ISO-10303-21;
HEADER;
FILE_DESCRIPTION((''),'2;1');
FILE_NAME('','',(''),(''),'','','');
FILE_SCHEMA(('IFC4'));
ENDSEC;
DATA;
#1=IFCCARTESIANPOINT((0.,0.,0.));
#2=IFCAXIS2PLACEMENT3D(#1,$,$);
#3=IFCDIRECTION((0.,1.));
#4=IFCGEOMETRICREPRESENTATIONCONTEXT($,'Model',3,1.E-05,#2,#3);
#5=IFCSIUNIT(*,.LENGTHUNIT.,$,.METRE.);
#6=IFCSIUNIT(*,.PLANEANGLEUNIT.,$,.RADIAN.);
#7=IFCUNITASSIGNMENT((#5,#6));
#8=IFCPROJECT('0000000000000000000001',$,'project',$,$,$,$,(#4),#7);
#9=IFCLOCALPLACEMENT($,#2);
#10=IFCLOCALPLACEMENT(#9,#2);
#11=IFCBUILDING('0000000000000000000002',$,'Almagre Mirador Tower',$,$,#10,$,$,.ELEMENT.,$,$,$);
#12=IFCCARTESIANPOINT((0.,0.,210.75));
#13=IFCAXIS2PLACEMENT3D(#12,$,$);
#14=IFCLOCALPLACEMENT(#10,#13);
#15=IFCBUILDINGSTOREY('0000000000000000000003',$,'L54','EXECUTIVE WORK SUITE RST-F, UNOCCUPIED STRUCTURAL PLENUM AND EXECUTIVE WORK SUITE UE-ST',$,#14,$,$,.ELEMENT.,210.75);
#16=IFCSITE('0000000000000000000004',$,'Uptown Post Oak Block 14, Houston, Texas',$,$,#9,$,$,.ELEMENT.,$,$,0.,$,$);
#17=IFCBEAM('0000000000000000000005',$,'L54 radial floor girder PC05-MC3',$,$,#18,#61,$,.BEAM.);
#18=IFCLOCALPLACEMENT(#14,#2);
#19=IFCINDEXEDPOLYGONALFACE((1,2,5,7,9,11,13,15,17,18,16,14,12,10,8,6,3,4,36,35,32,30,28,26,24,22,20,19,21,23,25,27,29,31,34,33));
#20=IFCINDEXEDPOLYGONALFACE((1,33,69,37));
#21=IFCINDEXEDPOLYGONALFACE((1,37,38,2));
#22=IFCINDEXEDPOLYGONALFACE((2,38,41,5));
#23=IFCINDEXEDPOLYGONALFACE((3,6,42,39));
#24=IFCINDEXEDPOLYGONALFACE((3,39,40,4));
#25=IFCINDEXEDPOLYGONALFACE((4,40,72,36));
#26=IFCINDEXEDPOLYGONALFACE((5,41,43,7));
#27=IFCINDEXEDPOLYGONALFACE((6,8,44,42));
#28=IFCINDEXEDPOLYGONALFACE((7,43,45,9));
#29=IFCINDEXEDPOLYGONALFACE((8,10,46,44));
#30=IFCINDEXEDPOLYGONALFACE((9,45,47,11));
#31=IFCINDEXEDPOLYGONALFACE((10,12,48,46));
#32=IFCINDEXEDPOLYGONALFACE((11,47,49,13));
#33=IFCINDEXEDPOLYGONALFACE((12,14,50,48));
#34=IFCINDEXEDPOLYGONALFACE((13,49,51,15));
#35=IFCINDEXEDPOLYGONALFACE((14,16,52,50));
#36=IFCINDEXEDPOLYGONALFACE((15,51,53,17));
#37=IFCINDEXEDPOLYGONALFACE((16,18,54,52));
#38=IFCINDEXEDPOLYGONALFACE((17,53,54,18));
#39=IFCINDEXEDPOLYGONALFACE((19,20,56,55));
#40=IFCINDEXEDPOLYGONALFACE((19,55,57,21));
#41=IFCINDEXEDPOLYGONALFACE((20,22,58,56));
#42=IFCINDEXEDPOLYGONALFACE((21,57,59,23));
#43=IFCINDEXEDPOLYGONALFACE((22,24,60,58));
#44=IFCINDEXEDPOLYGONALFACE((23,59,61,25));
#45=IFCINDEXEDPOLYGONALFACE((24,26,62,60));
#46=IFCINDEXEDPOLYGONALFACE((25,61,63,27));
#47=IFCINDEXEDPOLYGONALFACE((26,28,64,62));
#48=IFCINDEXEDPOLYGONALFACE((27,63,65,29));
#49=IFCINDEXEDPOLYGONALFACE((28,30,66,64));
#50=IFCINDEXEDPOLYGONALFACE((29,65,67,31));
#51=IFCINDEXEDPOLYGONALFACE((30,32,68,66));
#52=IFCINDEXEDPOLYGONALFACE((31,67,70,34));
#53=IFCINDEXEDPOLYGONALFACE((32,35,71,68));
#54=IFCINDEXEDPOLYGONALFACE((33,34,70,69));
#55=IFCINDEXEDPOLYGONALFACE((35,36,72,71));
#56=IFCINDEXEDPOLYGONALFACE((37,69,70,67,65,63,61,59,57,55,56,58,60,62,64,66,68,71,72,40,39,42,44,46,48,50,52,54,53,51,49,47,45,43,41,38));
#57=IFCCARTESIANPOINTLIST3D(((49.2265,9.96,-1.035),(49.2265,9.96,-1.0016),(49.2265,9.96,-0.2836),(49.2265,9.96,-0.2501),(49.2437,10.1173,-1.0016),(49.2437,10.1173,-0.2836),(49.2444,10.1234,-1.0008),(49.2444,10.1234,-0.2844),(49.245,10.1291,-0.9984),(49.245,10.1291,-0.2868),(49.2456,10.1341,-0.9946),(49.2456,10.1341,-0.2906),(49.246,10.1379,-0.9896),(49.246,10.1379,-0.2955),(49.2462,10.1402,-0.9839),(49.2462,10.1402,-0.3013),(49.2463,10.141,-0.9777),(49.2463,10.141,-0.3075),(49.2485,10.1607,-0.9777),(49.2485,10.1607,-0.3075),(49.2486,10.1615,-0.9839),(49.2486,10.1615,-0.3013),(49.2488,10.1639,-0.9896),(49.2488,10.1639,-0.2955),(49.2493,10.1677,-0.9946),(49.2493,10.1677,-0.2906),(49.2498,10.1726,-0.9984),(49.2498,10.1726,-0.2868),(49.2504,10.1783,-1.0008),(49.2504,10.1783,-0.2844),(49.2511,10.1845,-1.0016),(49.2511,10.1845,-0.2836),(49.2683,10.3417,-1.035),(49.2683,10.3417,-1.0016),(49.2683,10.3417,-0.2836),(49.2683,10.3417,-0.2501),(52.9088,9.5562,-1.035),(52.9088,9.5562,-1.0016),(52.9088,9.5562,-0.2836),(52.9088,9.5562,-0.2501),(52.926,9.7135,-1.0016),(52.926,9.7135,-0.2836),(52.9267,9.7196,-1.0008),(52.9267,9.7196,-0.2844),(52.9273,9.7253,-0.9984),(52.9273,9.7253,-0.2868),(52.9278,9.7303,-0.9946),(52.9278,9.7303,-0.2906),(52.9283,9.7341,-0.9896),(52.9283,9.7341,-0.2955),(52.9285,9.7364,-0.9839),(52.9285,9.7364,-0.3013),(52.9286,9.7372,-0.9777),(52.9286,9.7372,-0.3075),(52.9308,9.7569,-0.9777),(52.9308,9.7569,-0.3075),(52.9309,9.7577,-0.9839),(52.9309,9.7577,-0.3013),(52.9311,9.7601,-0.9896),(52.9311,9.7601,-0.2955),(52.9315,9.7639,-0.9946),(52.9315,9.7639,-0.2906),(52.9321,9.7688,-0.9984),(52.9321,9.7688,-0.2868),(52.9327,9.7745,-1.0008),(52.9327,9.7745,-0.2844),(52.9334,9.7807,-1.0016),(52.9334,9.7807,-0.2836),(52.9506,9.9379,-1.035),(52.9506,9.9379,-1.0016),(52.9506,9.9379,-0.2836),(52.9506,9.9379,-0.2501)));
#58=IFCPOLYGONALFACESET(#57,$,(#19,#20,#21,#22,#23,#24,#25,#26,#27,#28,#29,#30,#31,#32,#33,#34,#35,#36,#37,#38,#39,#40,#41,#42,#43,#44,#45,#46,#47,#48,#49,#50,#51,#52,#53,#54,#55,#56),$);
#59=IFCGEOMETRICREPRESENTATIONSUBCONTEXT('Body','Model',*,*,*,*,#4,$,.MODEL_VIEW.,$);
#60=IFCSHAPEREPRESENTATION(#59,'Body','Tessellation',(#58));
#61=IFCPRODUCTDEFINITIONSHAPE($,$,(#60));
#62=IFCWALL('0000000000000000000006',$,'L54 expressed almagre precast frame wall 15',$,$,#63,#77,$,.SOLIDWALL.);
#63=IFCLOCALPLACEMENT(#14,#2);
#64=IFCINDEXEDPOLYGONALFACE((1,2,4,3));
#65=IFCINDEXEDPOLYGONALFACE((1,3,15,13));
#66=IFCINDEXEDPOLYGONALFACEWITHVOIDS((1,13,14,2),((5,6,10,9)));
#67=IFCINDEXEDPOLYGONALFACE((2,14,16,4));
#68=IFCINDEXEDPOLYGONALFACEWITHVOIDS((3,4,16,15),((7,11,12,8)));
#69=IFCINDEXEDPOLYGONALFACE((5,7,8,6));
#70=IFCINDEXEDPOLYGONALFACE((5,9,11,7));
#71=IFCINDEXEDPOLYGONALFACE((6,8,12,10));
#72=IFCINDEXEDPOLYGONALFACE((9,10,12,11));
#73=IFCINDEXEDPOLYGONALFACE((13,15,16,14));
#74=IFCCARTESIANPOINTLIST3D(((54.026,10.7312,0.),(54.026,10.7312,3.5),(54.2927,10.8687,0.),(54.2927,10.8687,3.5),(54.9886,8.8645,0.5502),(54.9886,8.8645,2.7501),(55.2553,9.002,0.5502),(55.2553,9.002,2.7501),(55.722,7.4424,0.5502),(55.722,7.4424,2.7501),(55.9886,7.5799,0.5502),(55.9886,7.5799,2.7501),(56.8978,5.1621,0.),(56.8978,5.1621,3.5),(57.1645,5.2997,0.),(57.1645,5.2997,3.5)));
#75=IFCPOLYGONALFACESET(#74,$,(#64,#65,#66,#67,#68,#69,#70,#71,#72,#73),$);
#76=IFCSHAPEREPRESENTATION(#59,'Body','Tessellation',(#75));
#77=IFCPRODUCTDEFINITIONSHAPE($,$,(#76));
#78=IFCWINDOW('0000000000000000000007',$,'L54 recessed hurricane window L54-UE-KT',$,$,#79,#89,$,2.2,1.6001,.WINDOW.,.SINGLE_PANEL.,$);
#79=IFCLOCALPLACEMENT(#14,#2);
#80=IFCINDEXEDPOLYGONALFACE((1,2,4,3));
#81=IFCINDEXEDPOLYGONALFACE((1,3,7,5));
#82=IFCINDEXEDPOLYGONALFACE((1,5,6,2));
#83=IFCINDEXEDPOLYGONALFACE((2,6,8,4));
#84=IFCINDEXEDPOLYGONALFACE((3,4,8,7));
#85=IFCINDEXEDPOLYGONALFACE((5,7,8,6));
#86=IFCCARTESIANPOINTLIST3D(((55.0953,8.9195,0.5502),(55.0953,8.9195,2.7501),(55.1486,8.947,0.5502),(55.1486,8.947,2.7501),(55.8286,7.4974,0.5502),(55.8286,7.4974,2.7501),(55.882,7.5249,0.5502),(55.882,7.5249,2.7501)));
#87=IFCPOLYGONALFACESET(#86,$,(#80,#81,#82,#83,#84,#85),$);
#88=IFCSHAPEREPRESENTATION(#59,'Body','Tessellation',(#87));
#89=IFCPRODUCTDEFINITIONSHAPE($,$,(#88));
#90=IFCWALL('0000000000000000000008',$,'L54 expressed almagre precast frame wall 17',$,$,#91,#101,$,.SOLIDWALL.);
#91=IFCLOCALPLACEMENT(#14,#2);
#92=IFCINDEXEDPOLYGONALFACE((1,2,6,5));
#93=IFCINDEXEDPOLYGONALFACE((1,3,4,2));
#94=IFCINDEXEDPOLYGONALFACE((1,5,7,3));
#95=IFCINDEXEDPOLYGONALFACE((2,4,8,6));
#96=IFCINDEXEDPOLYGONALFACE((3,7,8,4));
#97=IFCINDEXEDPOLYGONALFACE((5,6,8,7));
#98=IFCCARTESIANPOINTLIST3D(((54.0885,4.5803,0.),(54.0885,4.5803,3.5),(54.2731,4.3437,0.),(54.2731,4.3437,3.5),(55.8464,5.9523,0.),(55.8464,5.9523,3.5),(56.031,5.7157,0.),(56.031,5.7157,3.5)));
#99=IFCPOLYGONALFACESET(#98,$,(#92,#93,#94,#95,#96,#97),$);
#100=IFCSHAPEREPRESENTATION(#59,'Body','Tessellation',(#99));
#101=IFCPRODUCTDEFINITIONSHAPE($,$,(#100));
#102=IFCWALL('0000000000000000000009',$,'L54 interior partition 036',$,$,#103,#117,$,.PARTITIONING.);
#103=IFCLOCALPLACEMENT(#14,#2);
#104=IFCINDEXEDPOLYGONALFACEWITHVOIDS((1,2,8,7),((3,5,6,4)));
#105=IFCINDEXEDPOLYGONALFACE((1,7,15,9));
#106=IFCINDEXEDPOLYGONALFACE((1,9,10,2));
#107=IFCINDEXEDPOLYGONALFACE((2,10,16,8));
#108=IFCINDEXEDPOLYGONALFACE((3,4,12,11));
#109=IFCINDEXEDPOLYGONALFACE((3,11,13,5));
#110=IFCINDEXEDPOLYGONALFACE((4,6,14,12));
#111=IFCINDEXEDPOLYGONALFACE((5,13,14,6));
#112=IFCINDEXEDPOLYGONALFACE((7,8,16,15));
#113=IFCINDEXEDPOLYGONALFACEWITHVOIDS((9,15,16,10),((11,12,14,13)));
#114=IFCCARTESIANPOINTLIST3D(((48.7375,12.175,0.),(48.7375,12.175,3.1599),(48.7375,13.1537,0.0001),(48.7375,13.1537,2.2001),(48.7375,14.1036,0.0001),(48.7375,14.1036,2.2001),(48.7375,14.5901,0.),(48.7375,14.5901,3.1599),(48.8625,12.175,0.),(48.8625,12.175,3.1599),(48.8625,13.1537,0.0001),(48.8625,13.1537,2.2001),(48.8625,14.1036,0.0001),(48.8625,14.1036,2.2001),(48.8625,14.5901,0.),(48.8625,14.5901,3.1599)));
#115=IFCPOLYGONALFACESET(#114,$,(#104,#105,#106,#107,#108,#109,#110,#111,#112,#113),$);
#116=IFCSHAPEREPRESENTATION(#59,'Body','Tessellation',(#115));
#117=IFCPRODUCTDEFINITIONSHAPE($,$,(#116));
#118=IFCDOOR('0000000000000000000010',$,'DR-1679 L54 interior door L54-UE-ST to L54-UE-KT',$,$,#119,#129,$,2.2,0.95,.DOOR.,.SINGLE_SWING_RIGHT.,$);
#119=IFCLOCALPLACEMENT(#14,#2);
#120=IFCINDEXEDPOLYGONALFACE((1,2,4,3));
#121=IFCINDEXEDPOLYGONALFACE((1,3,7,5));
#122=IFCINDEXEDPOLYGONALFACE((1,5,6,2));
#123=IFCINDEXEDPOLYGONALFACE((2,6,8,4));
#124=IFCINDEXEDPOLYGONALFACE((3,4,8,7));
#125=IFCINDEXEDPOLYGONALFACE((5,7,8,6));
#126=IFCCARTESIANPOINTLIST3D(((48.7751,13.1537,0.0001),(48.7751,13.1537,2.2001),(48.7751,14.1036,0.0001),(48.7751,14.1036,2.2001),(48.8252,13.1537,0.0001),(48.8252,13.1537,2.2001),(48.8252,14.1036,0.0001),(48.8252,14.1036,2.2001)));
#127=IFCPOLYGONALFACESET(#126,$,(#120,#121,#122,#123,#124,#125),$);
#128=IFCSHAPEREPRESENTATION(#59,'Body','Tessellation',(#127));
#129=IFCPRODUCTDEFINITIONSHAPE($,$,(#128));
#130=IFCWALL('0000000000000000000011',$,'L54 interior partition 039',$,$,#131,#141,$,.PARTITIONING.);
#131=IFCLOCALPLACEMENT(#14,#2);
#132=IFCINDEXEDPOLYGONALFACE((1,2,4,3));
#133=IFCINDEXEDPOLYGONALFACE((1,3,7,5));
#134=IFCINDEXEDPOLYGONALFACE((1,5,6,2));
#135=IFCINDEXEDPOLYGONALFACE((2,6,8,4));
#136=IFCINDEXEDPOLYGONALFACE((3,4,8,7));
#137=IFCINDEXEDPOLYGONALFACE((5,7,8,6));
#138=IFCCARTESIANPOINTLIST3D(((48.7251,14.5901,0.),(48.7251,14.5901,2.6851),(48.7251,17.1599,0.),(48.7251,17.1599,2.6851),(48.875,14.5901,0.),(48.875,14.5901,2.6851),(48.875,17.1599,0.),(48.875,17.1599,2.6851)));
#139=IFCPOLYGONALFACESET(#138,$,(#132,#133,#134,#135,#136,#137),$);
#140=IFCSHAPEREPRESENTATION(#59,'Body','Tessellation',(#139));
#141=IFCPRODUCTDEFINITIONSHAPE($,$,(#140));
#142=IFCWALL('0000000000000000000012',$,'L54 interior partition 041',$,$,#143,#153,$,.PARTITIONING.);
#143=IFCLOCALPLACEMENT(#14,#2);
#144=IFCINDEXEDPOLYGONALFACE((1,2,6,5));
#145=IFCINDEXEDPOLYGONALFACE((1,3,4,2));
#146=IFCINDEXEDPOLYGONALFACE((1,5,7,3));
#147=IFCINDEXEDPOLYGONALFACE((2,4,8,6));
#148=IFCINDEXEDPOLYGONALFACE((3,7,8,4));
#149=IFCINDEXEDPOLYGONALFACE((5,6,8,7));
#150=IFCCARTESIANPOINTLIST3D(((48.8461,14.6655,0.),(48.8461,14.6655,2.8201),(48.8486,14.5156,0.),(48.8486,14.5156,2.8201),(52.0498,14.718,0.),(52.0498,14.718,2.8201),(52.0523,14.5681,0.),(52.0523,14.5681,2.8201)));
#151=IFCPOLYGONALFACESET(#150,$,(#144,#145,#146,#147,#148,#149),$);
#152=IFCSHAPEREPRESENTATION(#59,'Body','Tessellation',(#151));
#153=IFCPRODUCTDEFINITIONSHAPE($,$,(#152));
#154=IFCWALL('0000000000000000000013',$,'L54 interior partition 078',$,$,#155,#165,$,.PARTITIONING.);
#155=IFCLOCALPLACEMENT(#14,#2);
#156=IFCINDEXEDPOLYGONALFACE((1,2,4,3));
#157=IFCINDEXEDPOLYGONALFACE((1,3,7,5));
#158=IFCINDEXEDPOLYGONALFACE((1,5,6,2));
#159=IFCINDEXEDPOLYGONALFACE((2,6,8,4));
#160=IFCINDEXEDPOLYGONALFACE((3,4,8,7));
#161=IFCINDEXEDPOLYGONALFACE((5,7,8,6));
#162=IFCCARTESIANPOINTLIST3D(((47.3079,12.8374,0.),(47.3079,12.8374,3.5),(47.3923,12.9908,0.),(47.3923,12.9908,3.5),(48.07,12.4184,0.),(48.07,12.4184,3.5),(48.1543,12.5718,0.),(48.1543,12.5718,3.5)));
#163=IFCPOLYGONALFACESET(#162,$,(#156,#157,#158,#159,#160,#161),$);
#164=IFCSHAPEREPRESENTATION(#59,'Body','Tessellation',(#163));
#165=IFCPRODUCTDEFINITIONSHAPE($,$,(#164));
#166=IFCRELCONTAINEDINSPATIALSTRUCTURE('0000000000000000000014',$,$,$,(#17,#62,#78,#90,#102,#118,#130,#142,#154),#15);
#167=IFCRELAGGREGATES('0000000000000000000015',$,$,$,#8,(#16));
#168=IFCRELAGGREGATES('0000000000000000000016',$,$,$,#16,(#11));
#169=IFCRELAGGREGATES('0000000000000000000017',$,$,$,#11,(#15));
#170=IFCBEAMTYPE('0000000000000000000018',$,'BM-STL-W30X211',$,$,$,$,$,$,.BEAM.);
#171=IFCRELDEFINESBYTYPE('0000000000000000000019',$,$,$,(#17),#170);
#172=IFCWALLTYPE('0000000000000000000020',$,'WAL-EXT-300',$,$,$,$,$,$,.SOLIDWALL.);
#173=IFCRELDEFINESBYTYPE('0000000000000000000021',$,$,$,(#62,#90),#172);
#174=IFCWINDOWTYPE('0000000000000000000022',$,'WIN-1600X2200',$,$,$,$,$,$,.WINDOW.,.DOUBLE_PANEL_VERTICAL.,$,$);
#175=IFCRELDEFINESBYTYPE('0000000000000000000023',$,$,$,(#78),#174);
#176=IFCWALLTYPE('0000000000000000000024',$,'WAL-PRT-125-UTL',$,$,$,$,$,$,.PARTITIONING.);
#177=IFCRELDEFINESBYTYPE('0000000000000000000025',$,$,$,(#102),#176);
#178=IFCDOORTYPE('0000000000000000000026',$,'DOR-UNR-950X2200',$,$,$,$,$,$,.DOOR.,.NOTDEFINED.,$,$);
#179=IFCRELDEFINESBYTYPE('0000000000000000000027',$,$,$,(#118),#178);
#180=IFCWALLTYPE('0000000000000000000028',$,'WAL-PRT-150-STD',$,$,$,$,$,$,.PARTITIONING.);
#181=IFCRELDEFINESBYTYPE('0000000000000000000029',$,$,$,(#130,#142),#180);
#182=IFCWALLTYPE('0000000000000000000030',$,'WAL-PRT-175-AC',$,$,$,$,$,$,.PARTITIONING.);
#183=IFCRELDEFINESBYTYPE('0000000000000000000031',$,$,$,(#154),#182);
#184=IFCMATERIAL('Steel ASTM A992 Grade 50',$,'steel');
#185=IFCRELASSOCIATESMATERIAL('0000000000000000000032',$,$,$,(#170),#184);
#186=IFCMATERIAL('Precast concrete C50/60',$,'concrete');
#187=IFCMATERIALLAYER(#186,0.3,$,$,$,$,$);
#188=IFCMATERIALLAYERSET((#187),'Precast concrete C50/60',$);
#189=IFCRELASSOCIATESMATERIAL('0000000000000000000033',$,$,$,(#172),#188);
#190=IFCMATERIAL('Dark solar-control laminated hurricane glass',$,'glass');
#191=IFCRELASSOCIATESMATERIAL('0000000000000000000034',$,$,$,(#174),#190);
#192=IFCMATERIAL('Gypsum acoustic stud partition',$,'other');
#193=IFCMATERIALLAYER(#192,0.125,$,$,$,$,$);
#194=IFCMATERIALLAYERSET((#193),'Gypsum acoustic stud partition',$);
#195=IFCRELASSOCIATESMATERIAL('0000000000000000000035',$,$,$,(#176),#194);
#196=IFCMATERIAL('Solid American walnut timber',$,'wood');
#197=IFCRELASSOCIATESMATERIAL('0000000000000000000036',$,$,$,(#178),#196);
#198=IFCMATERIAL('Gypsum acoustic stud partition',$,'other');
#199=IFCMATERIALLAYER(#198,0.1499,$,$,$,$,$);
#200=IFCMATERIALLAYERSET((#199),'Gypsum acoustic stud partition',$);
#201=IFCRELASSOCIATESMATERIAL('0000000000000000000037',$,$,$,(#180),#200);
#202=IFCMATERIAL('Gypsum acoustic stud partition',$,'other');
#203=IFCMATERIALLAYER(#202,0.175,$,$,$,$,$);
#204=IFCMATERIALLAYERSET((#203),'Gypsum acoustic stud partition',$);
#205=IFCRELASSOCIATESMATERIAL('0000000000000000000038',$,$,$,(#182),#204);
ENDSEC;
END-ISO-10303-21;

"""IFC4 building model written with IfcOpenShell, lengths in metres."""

from ifc_helpers import new_model, si_unit, direction, frame, frame_2d, origin, origin_2d, place, context, subcontext, project, spatial, rectangle, i_section, extrude, material, layer, layer_set, material_profile, profile_set, type_object, element, fill, save


model = new_model("IFC4")

# Units and contexts
model_context = context("Model", 3, precision=1e-05, world=origin(), true_north=direction((0.0, 1.0)))
body_context = subcontext(model_context, "Body", "Model", "MODEL_VIEW")
ifc_project = project(units=[si_unit("LENGTHUNIT", "METRE"), si_unit("PLANEANGLEUNIT", "RADIAN")], contexts=[model_context])

# Site, building, storey
site_placement = place(None, origin())
site = spatial("IfcSite", under=ifc_project, at=site_placement, Name="Uptown Post Oak Block 14, Houston, Texas", CompositionType="ELEMENT", RefElevation=0.0)
building_placement = place(site_placement, origin())
building = spatial("IfcBuilding", under=site, at=building_placement, Name="Almagre Mirador Tower", CompositionType="ELEMENT")
storey_placement = place(building_placement, frame((0.0, 0.0, 210.75)))
storey = spatial("IfcBuildingStorey", under=building, at=storey_placement, Name="L54", Description="EXECUTIVE WORK SUITE RST-F, UNOCCUPIED STRUCTURAL PLENUM AND EXECUTIVE WORK SUITE UE-ST", CompositionType="ELEMENT", Elevation=210.75)

# Beam
ifc_material_1 = material(Name="Steel ASTM A992 Grade 50", Category="steel")
ifc_material_profile_1 = material_profile(ifc_material_1, i_section(OverallWidth=0.384, OverallDepth=0.7849, WebThickness=0.0198, FlangeThickness=0.0334, FilletRadius=0.0239, at=origin_2d()), Name="W30X211")
ifc_profile_set_1 = profile_set([ifc_material_profile_1], Name="Steel ASTM A992 Grade 50")
beam_type_1 = type_object("IfcBeamType", Name="BM-STL-W30X211", PredefinedType="BEAM", material=ifc_profile_set_1)
beam_1_placement = place(storey_placement, frame((52.9297, 9.7471, -0.6426), z_axis=(-0.994041, 0.109006, 0.0), x_axis=(-0.109006, -0.994041, 0.0)))
element("IfcBeam", 1, at=beam_1_placement, inside=storey, type_object=beam_type_1, Name="L54 radial floor girder PC05-MC3", PredefinedType="BEAM", context=body_context, shape_type="SweptSolid", body=[
    extrude(i_section(OverallWidth=0.384, OverallDepth=0.7849, WebThickness=0.0198, FlangeThickness=0.0334, FilletRadius=0.0239, at=origin_2d()), origin(), (0.0, 0.0, 1.0), 3.7043),
])

# Wall, opening, window
ifc_material_2 = material(Name="Precast concrete C50/60", Category="concrete")
ifc_layer_1 = layer(ifc_material_2, 0.3)
ifc_layer_set_1 = layer_set([ifc_layer_1], Name="Precast concrete C50/60")
wall_type_1 = type_object("IfcWallType", Name="WAL-EXT-300", PredefinedType="SOLIDWALL", material=ifc_layer_set_1)
wall_1_placement = place(storey_placement, frame((54.1594, 10.7998, 0.0), z_axis=(0.0, 0.0, 1.0), x_axis=(0.458322, -0.888786, 0.0)))
wall_1 = element("IfcWall", 2, at=wall_1_placement, inside=storey, type_object=wall_type_1, Name="L54 expressed almagre precast frame wall 15", PredefinedType="SOLIDWALL", context=body_context, shape_type="SweptSolid", body=[
    extrude(rectangle(XDim=6.2659, YDim=0.3, at=frame_2d((3.1328, 0.0))), origin(), (0.0, 0.0, 1.0), 3.5),
])
opening_1_placement = place(wall_1_placement, frame((2.1001, 0.0, 0.55)))
opening_1 = element("IfcOpeningElement", 3, at=opening_1_placement, cuts=wall_1, PredefinedType="OPENING", context=body_context, shape_type="SweptSolid", body=[
    extrude(rectangle(XDim=1.6001, YDim=2.2, at=frame_2d((0.8, 1.1001))), frame((0.0, 0.1599, 0.0), z_axis=(0.0, -1.0, 0.0), x_axis=(1.0, 0.0, 0.0)), (0.0, 0.0, 1.0), 0.32),
])
ifc_material_3 = material(Name="Dark solar-control laminated hurricane glass", Category="glass")
window_type = type_object("IfcWindowType", Name="WIN-1600X2200", PartitioningType="DOUBLE_PANEL_VERTICAL", PredefinedType="WINDOW", material=ifc_material_3)
window_placement = place(opening_1_placement, origin())
window = element("IfcWindow", 4, at=window_placement, inside=storey, type_object=window_type, Name="L54 recessed hurricane window L54-UE-KT", OverallHeight=2.2, OverallWidth=1.6001, PartitioningType="SINGLE_PANEL", PredefinedType="WINDOW", context=body_context, shape_type="SweptSolid", body=[
    extrude(rectangle(XDim=1.6001, YDim=2.2, at=frame_2d((0.8, 1.1001))), frame((0.0, 0.03, 0.0), z_axis=(0.0, -1.0, 0.0), x_axis=(1.0, 0.0, 0.0)), (0.0, 0.0, 1.0), 0.0601),
])
fill(opening_1, window)

# Wall
wall_2_placement = place(storey_placement, frame((55.9387, 5.834, 0.0), z_axis=(0.0, 0.0, 1.0), x_axis=(-0.788331, -0.615251, 0.0)))
element("IfcWall", 5, at=wall_2_placement, inside=storey, type_object=wall_type_1, Name="L54 expressed almagre precast frame wall 17", PredefinedType="SOLIDWALL", context=body_context, shape_type="SweptSolid", body=[
    extrude(rectangle(XDim=2.23, YDim=0.3, at=frame_2d((1.115, 0.0))), origin(), (0.0, 0.0, 1.0), 3.5),
])

# Wall, opening, door
ifc_material_4 = material(Name="Gypsum acoustic stud partition", Category="other")
ifc_layer_2 = layer(ifc_material_4, 0.125)
ifc_layer_set_2 = layer_set([ifc_layer_2], Name="Gypsum acoustic stud partition")
wall_type_2 = type_object("IfcWallType", Name="WAL-PRT-125-UTL", PredefinedType="PARTITIONING", material=ifc_layer_set_2)
wall_3_placement = place(storey_placement, frame((48.8, 12.175, 0.0), z_axis=(0.0, 0.0, 1.0), x_axis=(0.0, 1.0, 0.0)))
wall_3 = element("IfcWall", 6, at=wall_3_placement, inside=storey, type_object=wall_type_2, Name="L54 interior partition 036", PredefinedType="PARTITIONING", context=body_context, shape_type="SweptSolid", body=[
    extrude(rectangle(XDim=2.415, YDim=0.125, at=frame_2d((1.2075, 0.0))), origin(), (0.0, 0.0, 1.0), 3.1599),
])
opening_2_placement = place(wall_3_placement, frame((0.9785, 0.0, 0.0)))
opening_2 = element("IfcOpeningElement", 7, at=opening_2_placement, cuts=wall_3, PredefinedType="OPENING", context=body_context, shape_type="SweptSolid", body=[
    extrude(rectangle(XDim=0.95, YDim=2.2, at=frame_2d((0.4751, 1.1001))), frame((0.0, 0.0725, 0.0), z_axis=(0.0, -1.0, 0.0), x_axis=(1.0, 0.0, 0.0)), (0.0, 0.0, 1.0), 0.145),
])
ifc_material_5 = material(Name="Solid American walnut timber", Category="wood")
door_type = type_object("IfcDoorType", Name="DOR-UNR-950X2200", OperationType="NOTDEFINED", PredefinedType="DOOR", material=ifc_material_5)
door_placement = place(opening_2_placement, origin())
door = element("IfcDoor", 8, at=door_placement, inside=storey, type_object=door_type, Name="DR-1679 L54 interior door L54-UE-ST to L54-UE-KT", OperationType="SINGLE_SWING_RIGHT", OverallHeight=2.2, OverallWidth=0.95, PredefinedType="DOOR", context=body_context, shape_type="SweptSolid", body=[
    extrude(rectangle(XDim=0.95, YDim=2.2, at=frame_2d((0.4751, 1.1001))), frame((0.0, 0.0249, 0.0), z_axis=(0.0, -1.0, 0.0), x_axis=(1.0, 0.0, 0.0)), (0.0, 0.0, 1.0), 0.05),
])
fill(opening_2, door)

# Walls
ifc_material_6 = material(Name="Gypsum acoustic stud partition", Category="other")
ifc_layer_3 = layer(ifc_material_6, 0.1499)
ifc_layer_set_3 = layer_set([ifc_layer_3], Name="Gypsum acoustic stud partition")
wall_type_3 = type_object("IfcWallType", Name="WAL-PRT-150-STD", PredefinedType="PARTITIONING", material=ifc_layer_set_3)
wall_4_placement = place(storey_placement, frame((48.8, 14.5901, 0.0), z_axis=(0.0, 0.0, 1.0), x_axis=(0.0, 1.0, 0.0)))
element("IfcWall", 9, at=wall_4_placement, inside=storey, type_object=wall_type_3, Name="L54 interior partition 039", PredefinedType="PARTITIONING", context=body_context, shape_type="SweptSolid", body=[
    extrude(rectangle(XDim=2.5698, YDim=0.1499, at=frame_2d((1.2849, 0.0))), origin(), (0.0, 0.0, 1.0), 2.6851),
])
wall_5_placement = place(storey_placement, frame((52.051, 14.6431, 0.0), z_axis=(0.0, 0.0, 1.0), x_axis=(-0.999866, -0.016382, 0.0)))
element("IfcWall", 10, at=wall_5_placement, inside=storey, type_object=wall_type_3, Name="L54 interior partition 041", PredefinedType="PARTITIONING", context=body_context, shape_type="SweptSolid", body=[
    extrude(rectangle(XDim=3.2041, YDim=0.1499, at=frame_2d((1.6021, 0.0))), origin(), (0.0, 0.0, 1.0), 2.8201),
])
ifc_material_7 = material(Name="Gypsum acoustic stud partition", Category="other")
ifc_layer_4 = layer(ifc_material_7, 0.175)
ifc_layer_set_4 = layer_set([ifc_layer_4], Name="Gypsum acoustic stud partition")
wall_type_4 = type_object("IfcWallType", Name="WAL-PRT-175-AC", PredefinedType="PARTITIONING", material=ifc_layer_set_4)
wall_6_placement = place(storey_placement, frame((47.3501, 12.9141, 0.0), z_axis=(0.0, 0.0, 1.0), x_axis=(0.876281, -0.4818, 0.0)))
element("IfcWall", 11, at=wall_6_placement, inside=storey, type_object=wall_type_4, Name="L54 interior partition 078", PredefinedType="PARTITIONING", context=body_context, shape_type="SweptSolid", body=[
    extrude(rectangle(XDim=0.8696, YDim=0.175, at=frame_2d((0.4348, 0.0))), origin(), (0.0, 0.0, 1.0), 3.5),
])

save(model, "model.ifc")
